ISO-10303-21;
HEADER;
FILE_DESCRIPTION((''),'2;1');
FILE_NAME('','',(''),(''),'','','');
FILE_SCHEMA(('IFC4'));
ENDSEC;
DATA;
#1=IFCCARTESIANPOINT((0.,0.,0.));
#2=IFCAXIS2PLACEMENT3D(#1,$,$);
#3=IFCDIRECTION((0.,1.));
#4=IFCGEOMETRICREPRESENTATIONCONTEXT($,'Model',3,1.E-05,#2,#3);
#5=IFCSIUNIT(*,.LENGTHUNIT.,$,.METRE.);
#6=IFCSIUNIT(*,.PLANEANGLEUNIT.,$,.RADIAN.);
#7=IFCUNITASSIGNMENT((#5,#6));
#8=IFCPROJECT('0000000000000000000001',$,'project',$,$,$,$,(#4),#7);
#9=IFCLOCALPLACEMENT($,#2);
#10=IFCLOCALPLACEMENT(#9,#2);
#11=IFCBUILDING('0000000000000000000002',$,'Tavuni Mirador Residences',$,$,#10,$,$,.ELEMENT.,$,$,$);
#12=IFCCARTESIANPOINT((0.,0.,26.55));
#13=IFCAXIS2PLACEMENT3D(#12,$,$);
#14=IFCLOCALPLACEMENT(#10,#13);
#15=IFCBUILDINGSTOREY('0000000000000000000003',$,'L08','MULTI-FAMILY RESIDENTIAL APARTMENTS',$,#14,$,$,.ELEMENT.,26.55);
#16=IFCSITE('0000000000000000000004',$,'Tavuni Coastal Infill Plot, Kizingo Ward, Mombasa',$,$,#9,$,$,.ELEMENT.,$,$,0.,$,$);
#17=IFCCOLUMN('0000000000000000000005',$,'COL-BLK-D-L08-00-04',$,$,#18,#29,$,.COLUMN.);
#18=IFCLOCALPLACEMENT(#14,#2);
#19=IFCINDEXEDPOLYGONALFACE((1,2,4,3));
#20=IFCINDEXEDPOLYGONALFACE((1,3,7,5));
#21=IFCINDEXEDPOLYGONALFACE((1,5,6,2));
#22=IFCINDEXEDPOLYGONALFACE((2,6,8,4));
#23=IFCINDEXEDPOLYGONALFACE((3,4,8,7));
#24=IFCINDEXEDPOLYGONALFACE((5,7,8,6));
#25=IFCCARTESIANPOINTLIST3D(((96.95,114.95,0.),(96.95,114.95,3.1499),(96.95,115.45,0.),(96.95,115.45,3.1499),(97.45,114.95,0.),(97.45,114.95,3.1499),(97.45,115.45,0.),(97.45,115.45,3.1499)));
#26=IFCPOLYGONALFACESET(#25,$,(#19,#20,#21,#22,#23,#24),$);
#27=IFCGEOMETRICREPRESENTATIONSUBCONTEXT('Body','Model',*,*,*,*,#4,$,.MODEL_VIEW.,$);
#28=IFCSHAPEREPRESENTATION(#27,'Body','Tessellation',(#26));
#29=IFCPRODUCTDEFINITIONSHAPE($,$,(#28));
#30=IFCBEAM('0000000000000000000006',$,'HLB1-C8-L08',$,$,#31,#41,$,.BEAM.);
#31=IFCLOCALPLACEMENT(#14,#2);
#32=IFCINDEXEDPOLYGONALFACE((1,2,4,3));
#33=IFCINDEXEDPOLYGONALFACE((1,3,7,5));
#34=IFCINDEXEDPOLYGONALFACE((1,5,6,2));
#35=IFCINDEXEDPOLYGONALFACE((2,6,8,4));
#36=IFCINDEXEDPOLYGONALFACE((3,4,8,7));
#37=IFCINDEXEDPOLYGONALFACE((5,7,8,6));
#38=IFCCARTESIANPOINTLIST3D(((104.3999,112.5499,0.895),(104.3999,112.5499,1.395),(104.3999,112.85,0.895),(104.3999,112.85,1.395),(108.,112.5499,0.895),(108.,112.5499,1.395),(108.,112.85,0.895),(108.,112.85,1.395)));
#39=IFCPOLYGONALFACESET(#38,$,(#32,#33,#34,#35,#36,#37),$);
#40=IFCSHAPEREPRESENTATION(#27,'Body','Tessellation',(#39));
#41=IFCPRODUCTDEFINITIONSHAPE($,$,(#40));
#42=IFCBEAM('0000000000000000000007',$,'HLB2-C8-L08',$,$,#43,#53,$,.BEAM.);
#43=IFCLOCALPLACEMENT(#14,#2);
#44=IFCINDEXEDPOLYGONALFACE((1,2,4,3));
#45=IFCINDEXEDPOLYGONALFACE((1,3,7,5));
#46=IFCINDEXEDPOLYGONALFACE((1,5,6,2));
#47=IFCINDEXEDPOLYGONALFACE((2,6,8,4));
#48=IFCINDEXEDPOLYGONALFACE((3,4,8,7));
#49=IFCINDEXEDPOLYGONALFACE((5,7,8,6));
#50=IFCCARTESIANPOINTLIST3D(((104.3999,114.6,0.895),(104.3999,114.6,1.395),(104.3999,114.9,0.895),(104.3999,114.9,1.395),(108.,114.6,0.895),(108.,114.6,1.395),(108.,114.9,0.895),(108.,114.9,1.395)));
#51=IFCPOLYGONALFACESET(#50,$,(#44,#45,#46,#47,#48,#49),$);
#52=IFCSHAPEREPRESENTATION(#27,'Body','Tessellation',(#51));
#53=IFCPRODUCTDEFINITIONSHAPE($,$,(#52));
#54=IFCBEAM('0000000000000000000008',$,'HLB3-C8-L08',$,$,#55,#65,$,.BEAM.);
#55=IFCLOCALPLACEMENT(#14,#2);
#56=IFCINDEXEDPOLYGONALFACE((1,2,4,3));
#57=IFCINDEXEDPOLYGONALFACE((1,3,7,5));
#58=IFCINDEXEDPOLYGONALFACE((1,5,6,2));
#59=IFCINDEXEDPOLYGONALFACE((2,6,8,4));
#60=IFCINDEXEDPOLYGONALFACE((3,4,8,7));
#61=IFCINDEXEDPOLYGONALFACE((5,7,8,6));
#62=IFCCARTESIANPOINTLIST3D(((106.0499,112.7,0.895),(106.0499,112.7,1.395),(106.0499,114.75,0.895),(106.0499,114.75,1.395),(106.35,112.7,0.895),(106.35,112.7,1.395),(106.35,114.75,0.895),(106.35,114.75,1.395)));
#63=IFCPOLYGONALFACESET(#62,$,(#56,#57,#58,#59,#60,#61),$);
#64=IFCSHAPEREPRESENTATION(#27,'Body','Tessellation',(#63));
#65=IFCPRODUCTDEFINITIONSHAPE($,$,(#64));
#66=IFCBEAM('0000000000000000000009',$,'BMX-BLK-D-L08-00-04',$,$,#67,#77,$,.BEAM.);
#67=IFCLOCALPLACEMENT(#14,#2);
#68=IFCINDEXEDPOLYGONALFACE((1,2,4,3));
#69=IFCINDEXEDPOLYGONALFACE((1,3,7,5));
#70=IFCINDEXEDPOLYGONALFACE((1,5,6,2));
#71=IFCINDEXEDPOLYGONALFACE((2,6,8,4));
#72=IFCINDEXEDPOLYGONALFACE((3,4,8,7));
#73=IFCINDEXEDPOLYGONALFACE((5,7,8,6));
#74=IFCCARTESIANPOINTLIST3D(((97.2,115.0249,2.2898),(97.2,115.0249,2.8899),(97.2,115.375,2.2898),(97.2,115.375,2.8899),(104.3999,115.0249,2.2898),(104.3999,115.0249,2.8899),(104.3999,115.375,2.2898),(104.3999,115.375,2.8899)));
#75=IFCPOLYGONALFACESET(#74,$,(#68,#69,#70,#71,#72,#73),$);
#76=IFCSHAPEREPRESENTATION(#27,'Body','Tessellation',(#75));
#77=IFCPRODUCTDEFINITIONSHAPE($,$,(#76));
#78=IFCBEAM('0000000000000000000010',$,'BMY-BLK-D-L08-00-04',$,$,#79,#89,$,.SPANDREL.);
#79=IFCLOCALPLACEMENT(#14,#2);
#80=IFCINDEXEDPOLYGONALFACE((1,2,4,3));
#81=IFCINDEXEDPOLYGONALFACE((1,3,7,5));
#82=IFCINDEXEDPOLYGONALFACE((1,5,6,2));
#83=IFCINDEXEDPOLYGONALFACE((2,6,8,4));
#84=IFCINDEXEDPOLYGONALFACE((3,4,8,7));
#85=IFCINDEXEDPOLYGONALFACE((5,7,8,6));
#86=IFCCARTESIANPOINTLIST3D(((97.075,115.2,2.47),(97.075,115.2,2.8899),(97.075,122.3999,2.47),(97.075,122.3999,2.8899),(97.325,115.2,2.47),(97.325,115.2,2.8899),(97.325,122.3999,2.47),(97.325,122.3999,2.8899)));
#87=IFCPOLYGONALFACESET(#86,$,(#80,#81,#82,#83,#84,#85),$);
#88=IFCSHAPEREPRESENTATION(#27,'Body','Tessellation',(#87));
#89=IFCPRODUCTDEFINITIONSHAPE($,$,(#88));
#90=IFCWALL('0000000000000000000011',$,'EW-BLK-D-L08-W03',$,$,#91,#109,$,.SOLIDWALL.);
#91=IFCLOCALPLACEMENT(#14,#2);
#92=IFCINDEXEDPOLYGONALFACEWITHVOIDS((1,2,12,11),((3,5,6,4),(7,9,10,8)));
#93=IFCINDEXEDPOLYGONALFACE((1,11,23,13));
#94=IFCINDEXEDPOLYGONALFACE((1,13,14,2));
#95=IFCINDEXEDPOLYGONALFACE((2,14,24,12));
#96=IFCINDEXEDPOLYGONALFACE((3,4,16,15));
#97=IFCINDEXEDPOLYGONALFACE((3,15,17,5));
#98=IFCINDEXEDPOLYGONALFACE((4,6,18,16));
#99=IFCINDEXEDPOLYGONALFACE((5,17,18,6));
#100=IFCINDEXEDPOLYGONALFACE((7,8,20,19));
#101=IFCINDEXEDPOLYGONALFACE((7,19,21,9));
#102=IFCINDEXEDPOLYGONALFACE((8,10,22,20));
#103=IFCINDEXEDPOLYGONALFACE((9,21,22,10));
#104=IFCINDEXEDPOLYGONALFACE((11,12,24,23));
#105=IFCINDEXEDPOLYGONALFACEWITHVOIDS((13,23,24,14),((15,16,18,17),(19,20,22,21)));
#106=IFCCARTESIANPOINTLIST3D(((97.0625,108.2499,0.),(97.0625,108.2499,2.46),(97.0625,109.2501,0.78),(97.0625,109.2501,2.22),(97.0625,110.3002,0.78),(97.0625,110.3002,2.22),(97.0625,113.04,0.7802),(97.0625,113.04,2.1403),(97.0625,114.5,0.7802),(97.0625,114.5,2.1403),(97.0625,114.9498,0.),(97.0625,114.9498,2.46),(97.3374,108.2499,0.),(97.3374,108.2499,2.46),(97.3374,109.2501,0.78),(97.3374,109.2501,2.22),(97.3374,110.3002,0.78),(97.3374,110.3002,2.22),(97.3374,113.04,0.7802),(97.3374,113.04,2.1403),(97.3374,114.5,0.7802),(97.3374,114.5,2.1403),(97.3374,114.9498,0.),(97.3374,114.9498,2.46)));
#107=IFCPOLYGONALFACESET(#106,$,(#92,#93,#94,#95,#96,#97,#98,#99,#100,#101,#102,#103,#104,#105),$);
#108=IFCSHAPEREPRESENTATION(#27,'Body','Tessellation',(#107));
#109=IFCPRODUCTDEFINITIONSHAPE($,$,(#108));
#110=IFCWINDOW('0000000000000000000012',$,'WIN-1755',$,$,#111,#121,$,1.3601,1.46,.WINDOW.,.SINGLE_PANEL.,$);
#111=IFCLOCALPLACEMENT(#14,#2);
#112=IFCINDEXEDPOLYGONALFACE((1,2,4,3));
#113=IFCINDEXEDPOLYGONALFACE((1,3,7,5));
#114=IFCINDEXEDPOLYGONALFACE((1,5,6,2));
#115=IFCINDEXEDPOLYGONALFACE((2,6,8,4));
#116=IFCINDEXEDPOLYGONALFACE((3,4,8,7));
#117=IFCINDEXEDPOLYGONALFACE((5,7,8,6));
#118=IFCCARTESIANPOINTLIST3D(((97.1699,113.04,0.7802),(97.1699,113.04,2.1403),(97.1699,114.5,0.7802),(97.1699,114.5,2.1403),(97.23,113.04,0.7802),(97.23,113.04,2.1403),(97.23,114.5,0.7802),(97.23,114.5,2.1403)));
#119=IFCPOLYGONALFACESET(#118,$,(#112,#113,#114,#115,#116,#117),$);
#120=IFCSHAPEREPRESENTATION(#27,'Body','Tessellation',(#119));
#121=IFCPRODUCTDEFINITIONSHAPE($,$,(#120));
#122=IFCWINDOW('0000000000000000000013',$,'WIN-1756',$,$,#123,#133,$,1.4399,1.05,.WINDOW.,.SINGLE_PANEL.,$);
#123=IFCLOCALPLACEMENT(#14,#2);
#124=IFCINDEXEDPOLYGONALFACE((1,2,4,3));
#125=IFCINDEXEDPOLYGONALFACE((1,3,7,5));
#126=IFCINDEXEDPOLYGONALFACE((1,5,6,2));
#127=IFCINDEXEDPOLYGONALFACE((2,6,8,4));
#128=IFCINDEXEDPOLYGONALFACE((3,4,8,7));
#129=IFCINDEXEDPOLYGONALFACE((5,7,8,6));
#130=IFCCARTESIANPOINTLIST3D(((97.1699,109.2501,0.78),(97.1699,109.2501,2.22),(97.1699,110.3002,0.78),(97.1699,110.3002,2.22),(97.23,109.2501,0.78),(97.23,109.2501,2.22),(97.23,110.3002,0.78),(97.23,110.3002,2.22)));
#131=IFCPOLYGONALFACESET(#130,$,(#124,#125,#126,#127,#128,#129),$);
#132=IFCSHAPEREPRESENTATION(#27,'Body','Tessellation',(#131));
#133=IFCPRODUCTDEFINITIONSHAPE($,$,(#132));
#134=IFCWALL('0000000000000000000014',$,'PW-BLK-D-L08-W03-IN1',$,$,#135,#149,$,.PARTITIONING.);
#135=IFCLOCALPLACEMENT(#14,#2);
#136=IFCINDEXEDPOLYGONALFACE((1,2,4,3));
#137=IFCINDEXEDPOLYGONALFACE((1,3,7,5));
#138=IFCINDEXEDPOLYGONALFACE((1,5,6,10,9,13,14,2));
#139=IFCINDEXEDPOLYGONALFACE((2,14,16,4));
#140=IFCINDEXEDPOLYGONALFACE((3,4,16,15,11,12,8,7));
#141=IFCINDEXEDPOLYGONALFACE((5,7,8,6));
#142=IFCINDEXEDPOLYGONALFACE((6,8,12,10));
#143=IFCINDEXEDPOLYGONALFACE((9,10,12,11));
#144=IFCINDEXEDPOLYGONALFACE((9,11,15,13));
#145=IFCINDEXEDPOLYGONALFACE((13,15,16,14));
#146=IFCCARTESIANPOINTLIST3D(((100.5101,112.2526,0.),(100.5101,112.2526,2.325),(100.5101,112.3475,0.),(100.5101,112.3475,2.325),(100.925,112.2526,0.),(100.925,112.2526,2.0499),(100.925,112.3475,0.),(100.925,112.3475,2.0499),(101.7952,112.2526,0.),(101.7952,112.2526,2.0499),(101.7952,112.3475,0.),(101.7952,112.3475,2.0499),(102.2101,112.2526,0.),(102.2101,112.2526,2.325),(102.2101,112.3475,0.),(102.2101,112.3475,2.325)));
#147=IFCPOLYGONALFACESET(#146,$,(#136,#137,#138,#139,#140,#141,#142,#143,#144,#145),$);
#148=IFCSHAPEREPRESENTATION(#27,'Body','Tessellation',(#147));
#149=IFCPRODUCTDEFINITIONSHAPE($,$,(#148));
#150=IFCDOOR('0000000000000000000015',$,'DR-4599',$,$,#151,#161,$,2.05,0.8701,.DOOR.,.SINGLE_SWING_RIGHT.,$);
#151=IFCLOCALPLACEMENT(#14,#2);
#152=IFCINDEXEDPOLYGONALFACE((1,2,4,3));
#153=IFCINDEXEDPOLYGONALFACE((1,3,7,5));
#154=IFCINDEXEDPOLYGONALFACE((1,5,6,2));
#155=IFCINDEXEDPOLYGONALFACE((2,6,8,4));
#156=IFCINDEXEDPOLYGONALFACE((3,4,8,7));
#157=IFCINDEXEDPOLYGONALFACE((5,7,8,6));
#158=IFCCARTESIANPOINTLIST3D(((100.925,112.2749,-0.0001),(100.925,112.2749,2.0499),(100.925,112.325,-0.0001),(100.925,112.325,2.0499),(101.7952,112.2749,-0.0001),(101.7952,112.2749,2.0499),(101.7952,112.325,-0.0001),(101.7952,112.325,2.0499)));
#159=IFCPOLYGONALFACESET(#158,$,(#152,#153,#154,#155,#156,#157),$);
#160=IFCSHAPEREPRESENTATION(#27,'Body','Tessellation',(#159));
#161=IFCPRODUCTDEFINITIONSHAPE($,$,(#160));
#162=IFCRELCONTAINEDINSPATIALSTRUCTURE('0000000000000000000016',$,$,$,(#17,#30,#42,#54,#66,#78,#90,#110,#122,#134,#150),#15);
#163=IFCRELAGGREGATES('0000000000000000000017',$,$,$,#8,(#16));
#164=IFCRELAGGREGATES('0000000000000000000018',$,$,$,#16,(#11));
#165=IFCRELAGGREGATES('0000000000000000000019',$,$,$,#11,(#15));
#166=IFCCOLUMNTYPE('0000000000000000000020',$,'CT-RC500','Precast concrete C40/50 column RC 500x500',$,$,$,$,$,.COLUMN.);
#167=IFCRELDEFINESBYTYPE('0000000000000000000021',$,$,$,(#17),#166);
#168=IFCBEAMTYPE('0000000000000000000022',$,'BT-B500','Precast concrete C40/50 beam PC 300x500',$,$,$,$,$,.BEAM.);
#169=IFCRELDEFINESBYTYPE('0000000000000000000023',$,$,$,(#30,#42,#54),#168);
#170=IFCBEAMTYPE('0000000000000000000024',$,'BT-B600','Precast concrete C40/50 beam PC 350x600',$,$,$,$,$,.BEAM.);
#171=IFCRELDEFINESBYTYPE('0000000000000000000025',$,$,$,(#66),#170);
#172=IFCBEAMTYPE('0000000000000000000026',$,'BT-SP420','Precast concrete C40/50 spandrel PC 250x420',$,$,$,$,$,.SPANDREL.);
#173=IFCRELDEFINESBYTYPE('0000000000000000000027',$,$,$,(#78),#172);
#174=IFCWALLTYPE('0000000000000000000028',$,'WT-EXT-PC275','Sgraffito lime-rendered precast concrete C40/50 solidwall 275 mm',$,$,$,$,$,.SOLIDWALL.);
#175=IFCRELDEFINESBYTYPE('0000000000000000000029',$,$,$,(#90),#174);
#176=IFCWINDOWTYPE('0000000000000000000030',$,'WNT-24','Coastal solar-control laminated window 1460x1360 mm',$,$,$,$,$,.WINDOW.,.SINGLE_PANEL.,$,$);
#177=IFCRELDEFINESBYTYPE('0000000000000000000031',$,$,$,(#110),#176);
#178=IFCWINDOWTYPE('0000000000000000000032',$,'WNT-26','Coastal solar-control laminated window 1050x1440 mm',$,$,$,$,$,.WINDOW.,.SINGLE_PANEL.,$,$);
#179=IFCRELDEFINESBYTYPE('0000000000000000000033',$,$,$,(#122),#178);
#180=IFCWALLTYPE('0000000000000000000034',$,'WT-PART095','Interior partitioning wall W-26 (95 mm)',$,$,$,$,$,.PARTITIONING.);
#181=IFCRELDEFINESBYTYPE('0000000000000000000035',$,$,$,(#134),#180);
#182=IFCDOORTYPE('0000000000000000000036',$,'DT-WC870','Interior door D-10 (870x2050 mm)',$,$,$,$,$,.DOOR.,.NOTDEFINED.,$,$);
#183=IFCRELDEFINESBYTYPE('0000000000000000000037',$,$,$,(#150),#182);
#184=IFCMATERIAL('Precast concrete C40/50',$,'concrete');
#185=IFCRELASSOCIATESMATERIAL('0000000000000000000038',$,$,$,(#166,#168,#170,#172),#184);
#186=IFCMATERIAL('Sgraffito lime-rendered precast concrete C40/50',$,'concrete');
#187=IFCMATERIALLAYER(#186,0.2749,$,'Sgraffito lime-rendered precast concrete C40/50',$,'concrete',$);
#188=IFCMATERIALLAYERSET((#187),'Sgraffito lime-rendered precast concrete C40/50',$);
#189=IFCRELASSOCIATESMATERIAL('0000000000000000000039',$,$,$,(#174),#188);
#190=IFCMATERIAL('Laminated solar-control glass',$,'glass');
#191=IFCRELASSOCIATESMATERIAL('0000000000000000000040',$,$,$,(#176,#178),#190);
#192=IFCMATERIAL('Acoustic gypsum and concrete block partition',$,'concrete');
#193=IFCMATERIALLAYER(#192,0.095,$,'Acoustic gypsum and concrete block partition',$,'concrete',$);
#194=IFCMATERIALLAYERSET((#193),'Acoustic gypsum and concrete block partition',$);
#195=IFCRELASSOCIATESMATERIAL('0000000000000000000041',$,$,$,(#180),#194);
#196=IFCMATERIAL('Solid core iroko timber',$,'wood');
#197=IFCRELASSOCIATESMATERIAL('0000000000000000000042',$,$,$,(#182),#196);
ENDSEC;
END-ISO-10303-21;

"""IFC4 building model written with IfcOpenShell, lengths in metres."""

from ifc_helpers import new_model, si_unit, direction, frame, frame_2d, origin, origin_2d, place, context, subcontext, project, spatial, rectangle, extrude, material, layer, layer_set, material_profile, profile_set, type_object, element, fill, save


model = new_model("IFC4")

# Units and contexts
model_context = context("Model", 3, precision=1e-05, world=origin(), true_north=direction((0.0, 1.0)))
body_context = subcontext(model_context, "Body", "Model", "MODEL_VIEW")
ifc_project = project(units=[si_unit("LENGTHUNIT", "METRE"), si_unit("PLANEANGLEUNIT", "RADIAN")], contexts=[model_context])

# Site, building, storey
site_placement = place(None, origin())
site = spatial("IfcSite", under=ifc_project, at=site_placement, Name="Tavuni Coastal Infill Plot, Kizingo Ward, Mombasa", CompositionType="ELEMENT", RefElevation=0.0)
building_placement = place(site_placement, origin())
building = spatial("IfcBuilding", under=site, at=building_placement, Name="Tavuni Mirador Residences", CompositionType="ELEMENT")
storey_placement = place(building_placement, frame((0.0, 0.0, 26.55)))
storey = spatial("IfcBuildingStorey", under=building, at=storey_placement, Name="L08", Description="MULTI-FAMILY RESIDENTIAL APARTMENTS", CompositionType="ELEMENT", Elevation=26.55)

# Column
ifc_material_1 = material(Name="Precast concrete C40/50", Category="concrete")
ifc_material_profile_1 = material_profile(ifc_material_1, rectangle(XDim=0.5, YDim=0.5, at=origin_2d()), Name="RC 500x500", Category="concrete")
ifc_profile_set_1 = profile_set([ifc_material_profile_1], Name="Precast concrete C40/50")
column_type = type_object("IfcColumnType", Name="CT-RC500", Description="Precast concrete C40/50 column RC 500x500", PredefinedType="COLUMN", material=ifc_profile_set_1)
column_placement = place(storey_placement, frame((97.2, 115.2, 0.0), z_axis=(0.0, 0.0, 1.0), x_axis=(1.0, 0.0, 0.0)))
element("IfcColumn", 1, at=column_placement, inside=storey, type_object=column_type, Name="COL-BLK-D-L08-00-04", PredefinedType="COLUMN", context=body_context, shape_type="SweptSolid", body=[
    extrude(rectangle(XDim=0.5, YDim=0.5, at=origin_2d()), origin(), (0.0, 0.0, 1.0), 3.1499),
])

# Beams
ifc_material_profile_2 = material_profile(ifc_material_1, rectangle(XDim=0.3, YDim=0.5, at=origin_2d()), Name="PC 300x500", Category="concrete")
ifc_profile_set_2 = profile_set([ifc_material_profile_2], Name="Precast concrete C40/50")
beam_type_1 = type_object("IfcBeamType", Name="BT-B500", Description="Precast concrete C40/50 beam PC 300x500", PredefinedType="BEAM", material=ifc_profile_set_2)
for number, where, z_axis, x_axis, name in (
    (2, (104.3999, 112.7, 1.145), (1.0, 0.0, 0.0), (0.0, 1.0, 0.0), "HLB1-C8-L08"),
    (3, (104.3999, 114.75, 1.145), (1.0, 0.0, 0.0), (0.0, 1.0, 0.0), "HLB2-C8-L08"),
):
    element("IfcBeam", number, at=place(storey_placement, frame(where, z_axis=z_axis, x_axis=x_axis)), inside=storey, type_object=beam_type_1, Name=name, PredefinedType="BEAM", context=body_context, shape_type="SweptSolid", body=[
        extrude(rectangle(XDim=0.3, YDim=0.5, at=origin_2d()), origin(), (0.0, 0.0, 1.0), 3.6001),
    ])
beam_1_placement = place(storey_placement, frame((106.2, 112.7, 1.145), z_axis=(0.0, 1.0, 0.0), x_axis=(-1.0, 0.0, 0.0)))
element("IfcBeam", 4, at=beam_1_placement, inside=storey, type_object=beam_type_1, Name="HLB3-C8-L08", PredefinedType="BEAM", context=body_context, shape_type="SweptSolid", body=[
    extrude(rectangle(XDim=0.3, YDim=0.5, at=origin_2d()), origin(), (0.0, 0.0, 1.0), 2.05),
])
ifc_material_profile_3 = material_profile(ifc_material_1, rectangle(XDim=0.3501, YDim=0.6001, at=origin_2d()), Name="PC 350x600", Category="concrete")
ifc_profile_set_3 = profile_set([ifc_material_profile_3], Name="Precast concrete C40/50")
beam_type_2 = type_object("IfcBeamType", Name="BT-B600", Description="Precast concrete C40/50 beam PC 350x600", PredefinedType="BEAM", material=ifc_profile_set_3)
beam_2_placement = place(storey_placement, frame((97.2, 115.2, 2.5898), z_axis=(1.0, 0.0, 0.0), x_axis=(0.0, 1.0, 0.0)))
element("IfcBeam", 5, at=beam_2_placement, inside=storey, type_object=beam_type_2, Name="BMX-BLK-D-L08-00-04", PredefinedType="BEAM", context=body_context, shape_type="SweptSolid", body=[
    extrude(rectangle(XDim=0.3501, YDim=0.6001, at=origin_2d()), origin(), (0.0, 0.0, 1.0), 7.2),
])
ifc_material_profile_4 = material_profile(ifc_material_1, rectangle(XDim=0.25, YDim=0.4199, at=origin_2d()), Name="PC 250x420", Category="concrete")
ifc_profile_set_4 = profile_set([ifc_material_profile_4], Name="Precast concrete C40/50")
beam_type_3 = type_object("IfcBeamType", Name="BT-SP420", Description="Precast concrete C40/50 spandrel PC 250x420", PredefinedType="SPANDREL", material=ifc_profile_set_4)
beam_3_placement = place(storey_placement, frame((97.2, 115.2, 2.6799), z_axis=(0.0, 1.0, 0.0), x_axis=(-1.0, 0.0, 0.0)))
element("IfcBeam", 6, at=beam_3_placement, inside=storey, type_object=beam_type_3, Name="BMY-BLK-D-L08-00-04", PredefinedType="SPANDREL", context=body_context, shape_type="SweptSolid", body=[
    extrude(rectangle(XDim=0.25, YDim=0.4199, at=origin_2d()), origin(), (0.0, 0.0, 1.0), 7.2),
])

# Wall, openings, windows
ifc_material_2 = material(Name="Sgraffito lime-rendered precast concrete C40/50", Category="concrete")
ifc_layer_1 = layer(ifc_material_2, 0.2749, Name="Sgraffito lime-rendered precast concrete C40/50", Category="concrete")
ifc_layer_set_1 = layer_set([ifc_layer_1], Name="Sgraffito lime-rendered precast concrete C40/50")
wall_type_1 = type_object("IfcWallType", Name="WT-EXT-PC275", Description="Sgraffito lime-rendered precast concrete C40/50 solidwall 275 mm", PredefinedType="SOLIDWALL", material=ifc_layer_set_1)
wall_1_placement = place(storey_placement, frame((97.2, 114.95, 0.0), z_axis=(0.0, 0.0, 1.0), x_axis=(0.0, -1.0, 0.0)))
wall_1 = element("IfcWall", 7, at=wall_1_placement, inside=storey, type_object=wall_type_1, Name="EW-BLK-D-L08-W03", PredefinedType="SOLIDWALL", context=body_context, shape_type="SweptSolid", body=[
    extrude(rectangle(XDim=6.7, YDim=0.2749, at=frame_2d((3.3501, 0.0))), origin(), (0.0, 0.0, 1.0), 2.46),
])
opening_1_placement = place(wall_1_placement, frame((0.45, 0.0, 0.78)))
opening_1 = element("IfcOpeningElement", 8, at=opening_1_placement, cuts=wall_1, PredefinedType="OPENING", context=body_context, shape_type="SweptSolid", body=[
    extrude(rectangle(XDim=1.46, YDim=1.3601, at=frame_2d((0.73, 0.6802))), frame((0.0, 0.1475, 0.0), z_axis=(0.0, -1.0, 0.0), x_axis=(1.0, 0.0, 0.0)), (0.0, 0.0, 1.0), 0.2949),
])
opening_2_placement = place(wall_1_placement, frame((4.6499, 0.0, 0.78)))
opening_2 = element("IfcOpeningElement", 9, at=opening_2_placement, cuts=wall_1, PredefinedType="OPENING", context=body_context, shape_type="SweptSolid", body=[
    extrude(rectangle(XDim=1.05, YDim=1.4399, at=frame_2d((0.5249, 0.72))), frame((0.0, 0.1475, 0.0), z_axis=(0.0, -1.0, 0.0), x_axis=(1.0, 0.0, 0.0)), (0.0, 0.0, 1.0), 0.2949),
])
ifc_material_3 = material(Name="Laminated solar-control glass", Category="glass")
window_type_1 = type_object("IfcWindowType", Name="WNT-24", Description="Coastal solar-control laminated window 1460x1360 mm", PartitioningType="SINGLE_PANEL", PredefinedType="WINDOW", material=ifc_material_3)
window_1_placement = place(opening_1_placement, origin())
window_1 = element("IfcWindow", 10, at=window_1_placement, inside=storey, type_object=window_type_1, Name="WIN-1755", OverallHeight=1.3601, OverallWidth=1.46, PartitioningType="SINGLE_PANEL", PredefinedType="WINDOW", context=body_context, shape_type="SweptSolid", body=[
    extrude(rectangle(XDim=1.46, YDim=1.3601, at=frame_2d((0.73, 0.6802))), frame((0.0, 0.03, 0.0), z_axis=(0.0, -1.0, 0.0), x_axis=(1.0, 0.0, 0.0)), (0.0, 0.0, 1.0), 0.0601),
])
fill(opening_1, window_1)
window_type_2 = type_object("IfcWindowType", Name="WNT-26", Description="Coastal solar-control laminated window 1050x1440 mm", PartitioningType="SINGLE_PANEL", PredefinedType="WINDOW", material=ifc_material_3)
window_2_placement = place(opening_2_placement, origin())
window_2 = element("IfcWindow", 11, at=window_2_placement, inside=storey, type_object=window_type_2, Name="WIN-1756", OverallHeight=1.4399, OverallWidth=1.05, PartitioningType="SINGLE_PANEL", PredefinedType="WINDOW", context=body_context, shape_type="SweptSolid", body=[
    extrude(rectangle(XDim=1.05, YDim=1.4399, at=frame_2d((0.5249, 0.72))), frame((0.0, 0.03, 0.0), z_axis=(0.0, -1.0, 0.0), x_axis=(1.0, 0.0, 0.0)), (0.0, 0.0, 1.0), 0.0601),
])
fill(opening_2, window_2)

# Wall, opening, door
ifc_material_4 = material(Name="Acoustic gypsum and concrete block partition", Category="concrete")
ifc_layer_2 = layer(ifc_material_4, 0.095, Name="Acoustic gypsum and concrete block partition", Category="concrete")
ifc_layer_set_2 = layer_set([ifc_layer_2], Name="Acoustic gypsum and concrete block partition")
wall_type_2 = type_object("IfcWallType", Name="WT-PART095", Description="Interior partitioning wall W-26 (95 mm)", PredefinedType="PARTITIONING", material=ifc_layer_set_2)
wall_2_placement = place(storey_placement, frame((100.51, 112.3, 0.0), z_axis=(0.0, 0.0, 1.0), x_axis=(1.0, 0.0, 0.0)))
wall_2 = element("IfcWall", 12, at=wall_2_placement, inside=storey, type_object=wall_type_2, Name="PW-BLK-D-L08-W03-IN1", PredefinedType="PARTITIONING", context=body_context, shape_type="SweptSolid", body=[
    extrude(rectangle(XDim=1.7, YDim=0.095, at=frame_2d((0.8501, 0.0))), origin(), (0.0, 0.0, 1.0), 2.325),
])
opening_3_placement = place(wall_2_placement, frame((0.415, 0.0, 0.0)))
opening_3 = element("IfcOpeningElement", 13, at=opening_3_placement, cuts=wall_2, PredefinedType="OPENING", context=body_context, shape_type="SweptSolid", body=[
    extrude(rectangle(XDim=0.8701, YDim=2.05, at=frame_2d((0.4351, 1.0249))), frame((0.0, 0.0576, 0.0), z_axis=(0.0, -1.0, 0.0), x_axis=(1.0, 0.0, 0.0)), (0.0, 0.0, 1.0), 0.115),
])
ifc_material_5 = material(Name="Solid core iroko timber", Category="wood")
door_type_1 = type_object("IfcDoorType", Name="DT-WC870", Description="Interior door D-10 (870x2050 mm)", OperationType="NOTDEFINED", PredefinedType="DOOR", material=ifc_material_5)
door_1_placement = place(opening_3_placement, origin())
door_1 = element("IfcDoor", 14, at=door_1_placement, inside=storey, type_object=door_type_1, Name="DR-4599", OperationType="SINGLE_SWING_RIGHT", OverallHeight=2.05, OverallWidth=0.8701, PredefinedType="DOOR", context=body_context, shape_type="SweptSolid", body=[
    extrude(rectangle(XDim=0.8701, YDim=2.05, at=frame_2d((0.4351, 1.0249))), frame((0.0, 0.0249, 0.0), z_axis=(0.0, -1.0, 0.0), x_axis=(1.0, 0.0, 0.0)), (0.0, 0.0, 1.0), 0.05),
])
fill(opening_3, door_1)

save(model, "model.ifc")
